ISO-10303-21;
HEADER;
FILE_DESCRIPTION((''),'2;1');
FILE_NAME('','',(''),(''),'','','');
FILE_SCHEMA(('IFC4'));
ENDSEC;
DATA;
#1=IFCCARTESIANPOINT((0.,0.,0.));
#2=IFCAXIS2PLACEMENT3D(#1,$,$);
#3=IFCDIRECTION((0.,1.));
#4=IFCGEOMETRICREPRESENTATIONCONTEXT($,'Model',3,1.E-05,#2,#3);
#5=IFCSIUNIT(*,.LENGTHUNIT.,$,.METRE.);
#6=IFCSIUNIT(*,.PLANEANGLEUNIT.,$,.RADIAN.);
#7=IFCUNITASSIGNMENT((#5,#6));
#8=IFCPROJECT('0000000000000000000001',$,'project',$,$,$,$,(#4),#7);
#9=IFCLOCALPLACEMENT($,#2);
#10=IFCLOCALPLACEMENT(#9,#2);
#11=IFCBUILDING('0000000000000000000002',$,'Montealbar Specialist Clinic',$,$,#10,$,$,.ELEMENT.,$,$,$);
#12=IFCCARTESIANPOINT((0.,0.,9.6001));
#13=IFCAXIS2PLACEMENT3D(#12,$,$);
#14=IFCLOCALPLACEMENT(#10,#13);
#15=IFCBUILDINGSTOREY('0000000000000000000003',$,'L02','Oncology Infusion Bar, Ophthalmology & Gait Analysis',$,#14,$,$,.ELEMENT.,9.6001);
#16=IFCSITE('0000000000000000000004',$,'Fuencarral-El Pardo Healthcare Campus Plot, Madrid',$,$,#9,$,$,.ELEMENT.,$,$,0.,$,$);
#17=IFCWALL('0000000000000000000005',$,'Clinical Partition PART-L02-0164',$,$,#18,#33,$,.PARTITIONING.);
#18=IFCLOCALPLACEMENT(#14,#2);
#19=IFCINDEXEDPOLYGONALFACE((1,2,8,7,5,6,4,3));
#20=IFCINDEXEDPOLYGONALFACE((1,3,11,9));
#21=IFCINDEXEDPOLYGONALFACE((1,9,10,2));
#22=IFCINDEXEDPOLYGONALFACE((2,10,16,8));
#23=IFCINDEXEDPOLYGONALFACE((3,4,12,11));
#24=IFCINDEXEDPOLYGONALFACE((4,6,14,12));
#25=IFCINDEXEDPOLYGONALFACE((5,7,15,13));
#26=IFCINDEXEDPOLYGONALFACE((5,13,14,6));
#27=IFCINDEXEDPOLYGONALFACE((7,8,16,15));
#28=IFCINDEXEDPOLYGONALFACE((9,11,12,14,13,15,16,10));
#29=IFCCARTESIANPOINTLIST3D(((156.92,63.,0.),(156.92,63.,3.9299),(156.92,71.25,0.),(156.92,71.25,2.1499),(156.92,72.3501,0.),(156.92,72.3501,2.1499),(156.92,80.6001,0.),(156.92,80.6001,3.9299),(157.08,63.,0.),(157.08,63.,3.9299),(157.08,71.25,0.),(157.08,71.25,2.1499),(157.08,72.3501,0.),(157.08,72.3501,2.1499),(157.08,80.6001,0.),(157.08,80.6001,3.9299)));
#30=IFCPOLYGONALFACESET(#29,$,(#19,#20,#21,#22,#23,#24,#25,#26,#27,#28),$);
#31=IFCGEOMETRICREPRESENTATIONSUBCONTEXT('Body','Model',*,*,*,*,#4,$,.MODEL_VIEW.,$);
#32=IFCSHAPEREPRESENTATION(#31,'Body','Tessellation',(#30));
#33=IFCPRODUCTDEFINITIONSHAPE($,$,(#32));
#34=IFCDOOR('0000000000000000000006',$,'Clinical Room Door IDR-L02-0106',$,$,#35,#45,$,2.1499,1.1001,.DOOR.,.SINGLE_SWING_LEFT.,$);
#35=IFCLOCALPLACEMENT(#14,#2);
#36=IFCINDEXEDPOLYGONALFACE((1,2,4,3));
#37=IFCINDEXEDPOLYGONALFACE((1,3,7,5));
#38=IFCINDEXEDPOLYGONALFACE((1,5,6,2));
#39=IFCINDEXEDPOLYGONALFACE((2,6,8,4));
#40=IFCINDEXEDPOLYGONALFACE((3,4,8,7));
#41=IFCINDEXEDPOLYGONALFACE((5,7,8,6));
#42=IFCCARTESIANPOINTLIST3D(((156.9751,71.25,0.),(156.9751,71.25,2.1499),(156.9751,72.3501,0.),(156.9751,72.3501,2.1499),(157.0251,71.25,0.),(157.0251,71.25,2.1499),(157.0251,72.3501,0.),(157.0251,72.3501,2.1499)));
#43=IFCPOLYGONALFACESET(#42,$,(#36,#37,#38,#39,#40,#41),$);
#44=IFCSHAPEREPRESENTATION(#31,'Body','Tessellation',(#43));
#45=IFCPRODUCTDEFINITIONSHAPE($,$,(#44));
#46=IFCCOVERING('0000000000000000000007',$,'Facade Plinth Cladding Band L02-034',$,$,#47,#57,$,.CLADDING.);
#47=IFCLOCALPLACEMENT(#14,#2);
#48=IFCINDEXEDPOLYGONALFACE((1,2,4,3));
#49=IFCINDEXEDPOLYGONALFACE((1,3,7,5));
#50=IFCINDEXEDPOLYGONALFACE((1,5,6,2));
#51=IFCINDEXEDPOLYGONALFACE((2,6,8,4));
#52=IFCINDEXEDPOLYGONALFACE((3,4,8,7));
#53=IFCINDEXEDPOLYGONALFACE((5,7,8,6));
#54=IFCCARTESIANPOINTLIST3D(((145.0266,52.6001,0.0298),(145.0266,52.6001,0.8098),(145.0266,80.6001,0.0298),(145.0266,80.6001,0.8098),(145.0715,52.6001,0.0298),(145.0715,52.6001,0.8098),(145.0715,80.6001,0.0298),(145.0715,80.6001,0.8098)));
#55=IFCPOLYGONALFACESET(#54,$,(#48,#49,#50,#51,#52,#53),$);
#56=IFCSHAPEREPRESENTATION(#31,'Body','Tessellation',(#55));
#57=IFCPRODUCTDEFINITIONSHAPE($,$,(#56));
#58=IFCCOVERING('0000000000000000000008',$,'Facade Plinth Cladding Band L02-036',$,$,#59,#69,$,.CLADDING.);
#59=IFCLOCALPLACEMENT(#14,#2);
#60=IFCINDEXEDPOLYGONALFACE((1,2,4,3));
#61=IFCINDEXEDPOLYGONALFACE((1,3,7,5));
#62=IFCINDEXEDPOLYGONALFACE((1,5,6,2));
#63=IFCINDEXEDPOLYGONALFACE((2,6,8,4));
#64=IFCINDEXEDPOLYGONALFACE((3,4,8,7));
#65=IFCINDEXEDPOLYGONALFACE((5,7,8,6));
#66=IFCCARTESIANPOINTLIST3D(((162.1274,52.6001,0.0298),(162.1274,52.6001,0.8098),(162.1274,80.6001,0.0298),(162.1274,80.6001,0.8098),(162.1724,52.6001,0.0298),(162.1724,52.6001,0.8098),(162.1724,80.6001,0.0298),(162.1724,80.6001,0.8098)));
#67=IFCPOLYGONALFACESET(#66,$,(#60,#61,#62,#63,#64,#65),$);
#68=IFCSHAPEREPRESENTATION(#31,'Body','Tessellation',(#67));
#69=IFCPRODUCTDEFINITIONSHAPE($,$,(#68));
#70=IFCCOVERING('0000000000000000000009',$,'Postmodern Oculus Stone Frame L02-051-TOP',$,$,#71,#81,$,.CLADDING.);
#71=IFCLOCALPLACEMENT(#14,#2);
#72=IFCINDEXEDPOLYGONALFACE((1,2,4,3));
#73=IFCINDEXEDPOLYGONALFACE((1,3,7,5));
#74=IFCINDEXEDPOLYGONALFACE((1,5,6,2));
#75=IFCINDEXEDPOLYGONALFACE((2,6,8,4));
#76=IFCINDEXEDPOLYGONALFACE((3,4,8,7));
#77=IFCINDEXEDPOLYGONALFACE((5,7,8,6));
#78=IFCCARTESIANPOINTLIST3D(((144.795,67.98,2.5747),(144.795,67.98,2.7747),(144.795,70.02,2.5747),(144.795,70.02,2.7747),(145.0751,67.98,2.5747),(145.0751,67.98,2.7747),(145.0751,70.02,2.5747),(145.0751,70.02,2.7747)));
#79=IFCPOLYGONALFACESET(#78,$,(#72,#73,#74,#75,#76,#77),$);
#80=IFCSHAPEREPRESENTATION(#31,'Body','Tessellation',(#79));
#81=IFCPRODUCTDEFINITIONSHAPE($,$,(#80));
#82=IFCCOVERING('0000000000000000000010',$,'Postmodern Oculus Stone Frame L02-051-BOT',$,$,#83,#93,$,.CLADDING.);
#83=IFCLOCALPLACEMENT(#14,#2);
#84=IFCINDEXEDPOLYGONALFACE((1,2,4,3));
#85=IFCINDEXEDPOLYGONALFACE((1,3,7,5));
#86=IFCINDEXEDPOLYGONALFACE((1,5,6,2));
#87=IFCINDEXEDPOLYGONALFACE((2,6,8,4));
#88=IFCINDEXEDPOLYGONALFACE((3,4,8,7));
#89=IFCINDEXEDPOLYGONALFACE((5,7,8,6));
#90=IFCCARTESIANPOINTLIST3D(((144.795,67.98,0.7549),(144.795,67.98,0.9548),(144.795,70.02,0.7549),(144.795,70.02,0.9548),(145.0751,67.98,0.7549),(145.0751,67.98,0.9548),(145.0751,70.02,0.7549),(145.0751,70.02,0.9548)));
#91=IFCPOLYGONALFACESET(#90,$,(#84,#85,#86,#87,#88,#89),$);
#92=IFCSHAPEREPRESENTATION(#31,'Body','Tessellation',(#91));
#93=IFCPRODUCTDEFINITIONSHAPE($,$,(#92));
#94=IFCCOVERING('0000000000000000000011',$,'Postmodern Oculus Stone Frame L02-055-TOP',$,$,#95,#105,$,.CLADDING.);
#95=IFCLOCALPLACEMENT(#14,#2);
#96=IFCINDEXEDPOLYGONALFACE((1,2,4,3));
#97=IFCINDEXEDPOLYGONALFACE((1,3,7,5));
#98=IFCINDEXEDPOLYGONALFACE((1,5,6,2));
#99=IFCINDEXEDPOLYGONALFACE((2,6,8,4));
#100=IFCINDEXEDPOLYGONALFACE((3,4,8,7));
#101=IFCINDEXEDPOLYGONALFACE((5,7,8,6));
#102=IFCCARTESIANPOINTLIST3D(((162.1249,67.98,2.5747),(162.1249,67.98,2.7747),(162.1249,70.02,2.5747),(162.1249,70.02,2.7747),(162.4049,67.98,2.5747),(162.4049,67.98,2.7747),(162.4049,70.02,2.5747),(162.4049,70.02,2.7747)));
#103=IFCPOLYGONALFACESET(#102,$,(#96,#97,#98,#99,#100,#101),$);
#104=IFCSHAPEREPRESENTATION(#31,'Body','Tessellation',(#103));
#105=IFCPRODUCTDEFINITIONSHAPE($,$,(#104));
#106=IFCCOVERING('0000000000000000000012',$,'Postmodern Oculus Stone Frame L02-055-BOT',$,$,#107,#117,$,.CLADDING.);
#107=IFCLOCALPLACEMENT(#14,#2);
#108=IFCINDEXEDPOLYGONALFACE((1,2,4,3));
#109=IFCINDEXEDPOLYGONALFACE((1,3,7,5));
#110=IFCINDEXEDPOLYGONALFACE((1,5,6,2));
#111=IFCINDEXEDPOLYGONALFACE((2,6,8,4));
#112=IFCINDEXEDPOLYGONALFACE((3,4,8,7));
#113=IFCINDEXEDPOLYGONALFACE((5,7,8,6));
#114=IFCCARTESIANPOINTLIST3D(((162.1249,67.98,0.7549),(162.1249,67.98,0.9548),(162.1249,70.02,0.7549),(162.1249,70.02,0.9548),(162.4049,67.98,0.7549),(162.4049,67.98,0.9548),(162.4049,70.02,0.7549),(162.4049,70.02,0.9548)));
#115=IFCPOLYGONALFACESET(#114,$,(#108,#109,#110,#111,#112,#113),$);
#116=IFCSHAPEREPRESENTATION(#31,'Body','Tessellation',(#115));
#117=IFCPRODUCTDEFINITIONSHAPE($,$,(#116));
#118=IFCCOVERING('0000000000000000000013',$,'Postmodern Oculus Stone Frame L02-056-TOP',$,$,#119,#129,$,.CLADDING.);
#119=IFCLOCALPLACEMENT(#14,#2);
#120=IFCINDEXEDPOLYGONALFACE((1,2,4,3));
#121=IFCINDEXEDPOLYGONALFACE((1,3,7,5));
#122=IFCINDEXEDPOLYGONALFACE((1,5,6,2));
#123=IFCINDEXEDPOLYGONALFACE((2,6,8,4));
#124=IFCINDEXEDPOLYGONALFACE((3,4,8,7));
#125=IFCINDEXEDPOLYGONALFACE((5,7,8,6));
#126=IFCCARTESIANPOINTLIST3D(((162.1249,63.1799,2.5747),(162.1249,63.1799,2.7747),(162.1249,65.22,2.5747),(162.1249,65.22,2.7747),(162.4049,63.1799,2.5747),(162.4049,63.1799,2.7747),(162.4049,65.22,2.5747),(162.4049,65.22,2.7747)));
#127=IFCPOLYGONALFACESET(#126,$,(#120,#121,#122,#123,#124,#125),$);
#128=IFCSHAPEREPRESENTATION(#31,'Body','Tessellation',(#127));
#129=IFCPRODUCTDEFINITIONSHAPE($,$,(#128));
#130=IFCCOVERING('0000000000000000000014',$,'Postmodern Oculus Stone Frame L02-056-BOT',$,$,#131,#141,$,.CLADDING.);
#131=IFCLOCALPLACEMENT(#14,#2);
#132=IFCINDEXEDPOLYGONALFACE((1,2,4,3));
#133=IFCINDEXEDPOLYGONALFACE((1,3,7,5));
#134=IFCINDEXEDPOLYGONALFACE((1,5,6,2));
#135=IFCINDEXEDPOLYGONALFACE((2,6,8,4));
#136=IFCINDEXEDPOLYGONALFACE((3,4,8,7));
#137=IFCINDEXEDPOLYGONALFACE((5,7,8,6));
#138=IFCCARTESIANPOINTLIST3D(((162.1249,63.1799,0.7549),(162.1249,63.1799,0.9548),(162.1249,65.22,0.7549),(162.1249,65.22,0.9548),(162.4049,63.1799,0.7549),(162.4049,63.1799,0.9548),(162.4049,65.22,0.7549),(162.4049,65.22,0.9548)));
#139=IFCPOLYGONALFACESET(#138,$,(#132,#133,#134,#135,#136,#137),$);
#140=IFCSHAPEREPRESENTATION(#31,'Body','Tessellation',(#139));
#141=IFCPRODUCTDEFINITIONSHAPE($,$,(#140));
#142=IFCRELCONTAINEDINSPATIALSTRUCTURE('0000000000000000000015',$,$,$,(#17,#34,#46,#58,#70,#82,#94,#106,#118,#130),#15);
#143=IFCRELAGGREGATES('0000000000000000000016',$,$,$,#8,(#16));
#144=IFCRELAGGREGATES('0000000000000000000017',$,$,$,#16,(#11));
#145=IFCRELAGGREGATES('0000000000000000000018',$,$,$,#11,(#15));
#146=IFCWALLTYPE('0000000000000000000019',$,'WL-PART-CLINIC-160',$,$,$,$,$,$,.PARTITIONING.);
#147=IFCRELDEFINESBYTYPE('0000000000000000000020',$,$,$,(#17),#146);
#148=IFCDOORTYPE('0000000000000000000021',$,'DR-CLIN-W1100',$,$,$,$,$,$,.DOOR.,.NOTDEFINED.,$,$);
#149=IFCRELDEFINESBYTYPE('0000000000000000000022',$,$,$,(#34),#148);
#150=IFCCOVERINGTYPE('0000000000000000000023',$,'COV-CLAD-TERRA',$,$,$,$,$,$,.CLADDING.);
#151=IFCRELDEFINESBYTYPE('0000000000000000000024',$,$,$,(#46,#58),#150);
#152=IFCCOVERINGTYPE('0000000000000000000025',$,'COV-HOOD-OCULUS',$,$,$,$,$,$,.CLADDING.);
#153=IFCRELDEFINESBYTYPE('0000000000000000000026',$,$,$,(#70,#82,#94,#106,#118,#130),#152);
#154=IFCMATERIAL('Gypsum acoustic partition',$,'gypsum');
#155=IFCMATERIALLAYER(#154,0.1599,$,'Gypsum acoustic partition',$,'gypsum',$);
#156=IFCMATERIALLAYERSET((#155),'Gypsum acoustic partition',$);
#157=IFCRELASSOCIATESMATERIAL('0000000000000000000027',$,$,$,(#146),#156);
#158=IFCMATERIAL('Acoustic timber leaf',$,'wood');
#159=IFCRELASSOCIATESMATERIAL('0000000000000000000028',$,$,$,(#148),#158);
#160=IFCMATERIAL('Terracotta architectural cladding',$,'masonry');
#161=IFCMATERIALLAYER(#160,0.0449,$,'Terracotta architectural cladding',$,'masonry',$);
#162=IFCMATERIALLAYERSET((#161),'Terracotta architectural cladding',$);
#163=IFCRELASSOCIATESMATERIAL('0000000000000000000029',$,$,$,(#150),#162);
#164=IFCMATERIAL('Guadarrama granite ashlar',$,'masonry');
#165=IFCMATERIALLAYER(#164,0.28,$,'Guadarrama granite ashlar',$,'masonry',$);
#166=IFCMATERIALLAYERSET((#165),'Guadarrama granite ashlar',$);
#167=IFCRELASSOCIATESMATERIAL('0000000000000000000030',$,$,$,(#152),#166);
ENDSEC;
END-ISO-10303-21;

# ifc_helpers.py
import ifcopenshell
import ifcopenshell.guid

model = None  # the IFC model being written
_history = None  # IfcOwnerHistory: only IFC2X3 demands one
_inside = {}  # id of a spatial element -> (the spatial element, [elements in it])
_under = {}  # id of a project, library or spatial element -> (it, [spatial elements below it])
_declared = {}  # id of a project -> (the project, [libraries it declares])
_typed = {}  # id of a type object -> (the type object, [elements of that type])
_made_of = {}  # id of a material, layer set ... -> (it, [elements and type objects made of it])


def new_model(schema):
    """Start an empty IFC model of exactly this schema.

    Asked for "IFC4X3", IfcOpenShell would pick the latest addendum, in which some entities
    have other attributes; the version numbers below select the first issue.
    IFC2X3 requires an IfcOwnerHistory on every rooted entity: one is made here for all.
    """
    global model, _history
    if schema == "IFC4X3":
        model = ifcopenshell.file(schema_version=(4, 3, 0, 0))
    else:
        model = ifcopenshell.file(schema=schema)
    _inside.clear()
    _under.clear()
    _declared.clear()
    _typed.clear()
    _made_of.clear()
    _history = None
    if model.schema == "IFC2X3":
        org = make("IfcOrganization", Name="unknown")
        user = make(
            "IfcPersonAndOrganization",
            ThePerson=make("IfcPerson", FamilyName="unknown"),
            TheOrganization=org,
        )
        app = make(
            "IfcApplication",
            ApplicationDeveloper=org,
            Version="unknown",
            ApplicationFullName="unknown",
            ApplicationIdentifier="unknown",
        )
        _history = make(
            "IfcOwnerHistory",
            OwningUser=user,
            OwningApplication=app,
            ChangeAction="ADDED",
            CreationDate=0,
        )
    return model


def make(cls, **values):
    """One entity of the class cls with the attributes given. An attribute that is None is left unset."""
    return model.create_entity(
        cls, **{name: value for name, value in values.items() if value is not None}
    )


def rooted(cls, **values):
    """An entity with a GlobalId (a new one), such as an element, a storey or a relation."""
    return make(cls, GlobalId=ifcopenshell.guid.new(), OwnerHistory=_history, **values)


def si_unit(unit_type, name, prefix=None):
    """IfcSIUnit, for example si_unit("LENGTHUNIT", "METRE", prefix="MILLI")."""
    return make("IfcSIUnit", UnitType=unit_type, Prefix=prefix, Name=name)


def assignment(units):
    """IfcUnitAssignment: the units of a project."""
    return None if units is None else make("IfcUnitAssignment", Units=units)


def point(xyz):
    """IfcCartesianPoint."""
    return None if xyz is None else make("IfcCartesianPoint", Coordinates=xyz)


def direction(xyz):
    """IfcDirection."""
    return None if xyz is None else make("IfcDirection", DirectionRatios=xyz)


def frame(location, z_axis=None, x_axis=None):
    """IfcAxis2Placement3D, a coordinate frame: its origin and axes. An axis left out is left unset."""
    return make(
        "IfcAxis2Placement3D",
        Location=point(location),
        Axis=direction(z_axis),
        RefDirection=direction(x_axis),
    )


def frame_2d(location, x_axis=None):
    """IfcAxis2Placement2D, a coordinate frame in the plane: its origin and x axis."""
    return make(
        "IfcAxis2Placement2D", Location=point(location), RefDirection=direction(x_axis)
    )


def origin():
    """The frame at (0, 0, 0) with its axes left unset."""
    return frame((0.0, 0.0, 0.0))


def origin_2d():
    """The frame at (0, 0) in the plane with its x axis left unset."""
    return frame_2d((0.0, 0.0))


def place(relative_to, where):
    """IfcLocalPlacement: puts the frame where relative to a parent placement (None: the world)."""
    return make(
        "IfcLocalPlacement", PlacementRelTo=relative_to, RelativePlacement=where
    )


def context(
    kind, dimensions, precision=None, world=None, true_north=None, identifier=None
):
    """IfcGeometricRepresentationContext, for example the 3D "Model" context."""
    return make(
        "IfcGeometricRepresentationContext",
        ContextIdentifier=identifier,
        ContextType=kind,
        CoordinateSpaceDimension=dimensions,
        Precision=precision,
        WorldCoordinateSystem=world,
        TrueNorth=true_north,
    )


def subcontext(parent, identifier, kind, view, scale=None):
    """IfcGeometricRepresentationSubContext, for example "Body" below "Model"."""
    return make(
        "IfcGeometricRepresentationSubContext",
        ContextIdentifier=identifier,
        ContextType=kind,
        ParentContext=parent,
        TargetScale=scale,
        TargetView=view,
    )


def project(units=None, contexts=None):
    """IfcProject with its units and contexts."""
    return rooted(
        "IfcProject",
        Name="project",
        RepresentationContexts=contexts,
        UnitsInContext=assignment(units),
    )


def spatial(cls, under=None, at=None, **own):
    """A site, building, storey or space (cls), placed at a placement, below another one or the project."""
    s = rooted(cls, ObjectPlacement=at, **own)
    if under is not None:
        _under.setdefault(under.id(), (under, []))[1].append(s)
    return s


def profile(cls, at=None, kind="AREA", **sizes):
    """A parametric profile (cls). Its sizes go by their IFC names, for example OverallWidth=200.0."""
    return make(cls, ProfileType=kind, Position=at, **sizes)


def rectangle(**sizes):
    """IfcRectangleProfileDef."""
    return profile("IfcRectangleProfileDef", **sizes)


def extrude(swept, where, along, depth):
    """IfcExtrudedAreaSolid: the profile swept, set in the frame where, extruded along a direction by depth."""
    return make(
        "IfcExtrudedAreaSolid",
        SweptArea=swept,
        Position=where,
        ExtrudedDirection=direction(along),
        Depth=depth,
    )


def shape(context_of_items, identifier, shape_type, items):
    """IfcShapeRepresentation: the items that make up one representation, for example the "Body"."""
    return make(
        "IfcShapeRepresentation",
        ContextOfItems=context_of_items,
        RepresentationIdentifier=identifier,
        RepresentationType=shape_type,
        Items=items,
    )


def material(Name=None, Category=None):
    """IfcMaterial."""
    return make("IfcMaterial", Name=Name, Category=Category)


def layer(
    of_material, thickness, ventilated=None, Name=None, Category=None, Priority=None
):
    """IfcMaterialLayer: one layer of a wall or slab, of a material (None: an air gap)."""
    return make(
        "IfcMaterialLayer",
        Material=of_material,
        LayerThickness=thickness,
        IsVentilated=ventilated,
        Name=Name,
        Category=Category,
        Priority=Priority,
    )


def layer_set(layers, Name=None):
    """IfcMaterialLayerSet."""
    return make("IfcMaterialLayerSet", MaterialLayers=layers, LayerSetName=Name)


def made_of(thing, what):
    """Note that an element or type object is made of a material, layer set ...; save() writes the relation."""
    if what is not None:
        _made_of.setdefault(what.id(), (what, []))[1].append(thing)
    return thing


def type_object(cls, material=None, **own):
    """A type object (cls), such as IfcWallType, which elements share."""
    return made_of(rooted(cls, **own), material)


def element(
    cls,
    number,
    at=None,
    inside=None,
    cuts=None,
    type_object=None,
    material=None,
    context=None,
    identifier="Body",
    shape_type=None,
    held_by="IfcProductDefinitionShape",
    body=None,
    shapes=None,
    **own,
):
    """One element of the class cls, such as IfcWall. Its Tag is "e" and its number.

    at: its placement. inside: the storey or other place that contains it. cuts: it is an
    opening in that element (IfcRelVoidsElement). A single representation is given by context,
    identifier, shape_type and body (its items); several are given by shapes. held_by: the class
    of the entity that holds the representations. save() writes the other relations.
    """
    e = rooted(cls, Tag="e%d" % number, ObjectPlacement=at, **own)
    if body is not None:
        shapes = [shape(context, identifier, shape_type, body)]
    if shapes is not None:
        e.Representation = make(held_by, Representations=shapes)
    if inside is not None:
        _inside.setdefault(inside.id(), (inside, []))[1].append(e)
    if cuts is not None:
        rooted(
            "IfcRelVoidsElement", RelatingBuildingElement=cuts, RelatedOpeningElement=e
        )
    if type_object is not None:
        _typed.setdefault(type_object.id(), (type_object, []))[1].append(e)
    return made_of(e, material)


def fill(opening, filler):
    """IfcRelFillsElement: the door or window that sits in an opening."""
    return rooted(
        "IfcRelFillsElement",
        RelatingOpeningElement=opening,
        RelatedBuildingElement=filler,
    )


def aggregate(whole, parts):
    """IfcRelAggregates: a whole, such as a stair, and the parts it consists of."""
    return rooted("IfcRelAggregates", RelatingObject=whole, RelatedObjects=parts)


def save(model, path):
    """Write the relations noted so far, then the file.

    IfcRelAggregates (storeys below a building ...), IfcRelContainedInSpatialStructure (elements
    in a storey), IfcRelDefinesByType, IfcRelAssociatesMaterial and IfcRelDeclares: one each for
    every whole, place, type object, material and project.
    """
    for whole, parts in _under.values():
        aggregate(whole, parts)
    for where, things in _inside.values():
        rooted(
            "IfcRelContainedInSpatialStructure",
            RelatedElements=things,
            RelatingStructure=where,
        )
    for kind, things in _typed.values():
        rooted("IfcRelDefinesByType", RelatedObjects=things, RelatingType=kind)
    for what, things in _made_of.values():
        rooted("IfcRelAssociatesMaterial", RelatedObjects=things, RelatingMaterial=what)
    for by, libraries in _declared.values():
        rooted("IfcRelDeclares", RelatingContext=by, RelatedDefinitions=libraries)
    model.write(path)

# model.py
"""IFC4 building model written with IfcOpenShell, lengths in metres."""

from ifc_helpers import new_model, si_unit, direction, frame, frame_2d, origin, origin_2d, place, context, subcontext, project, spatial, rectangle, extrude, material, layer, layer_set, type_object, element, fill, save


model = new_model("IFC4")

# Units and contexts
model_context = context("Model", 3, precision=1e-05, world=origin(), true_north=direction((0.0, 1.0)))
body_context = subcontext(model_context, "Body", "Model", "MODEL_VIEW")
ifc_project = project(units=[si_unit("LENGTHUNIT", "METRE"), si_unit("PLANEANGLEUNIT", "RADIAN")], contexts=[model_context])

# Site, building, storey
site_placement = place(None, origin())
site = spatial("IfcSite", under=ifc_project, at=site_placement, Name="Fuencarral-El Pardo Healthcare Campus Plot, Madrid", CompositionType="ELEMENT", RefElevation=0.0)
building_placement = place(site_placement, origin())
building = spatial("IfcBuilding", under=site, at=building_placement, Name="Montealbar Specialist Clinic", CompositionType="ELEMENT")
storey_placement = place(building_placement, frame((0.0, 0.0, 9.6001)))
storey = spatial("IfcBuildingStorey", under=building, at=storey_placement, Name="L02", Description="Oncology Infusion Bar, Ophthalmology & Gait Analysis", CompositionType="ELEMENT", Elevation=9.6001)

# Shared definitions
ifc_material_1 = material(Name="Gypsum acoustic partition", Category="gypsum")

# Wall, opening, door
ifc_layer_1 = layer(ifc_material_1, 0.1599, Name="Gypsum acoustic partition", Category="gypsum")
ifc_layer_set_1 = layer_set([ifc_layer_1], Name="Gypsum acoustic partition")
wall_type_1 = type_object("IfcWallType", Name="WL-PART-CLINIC-160", PredefinedType="PARTITIONING", material=ifc_layer_set_1)
ifc_material_2 = material(Name="Acoustic timber leaf", Category="wood")
door_type = type_object("IfcDoorType", Name="DR-CLIN-W1100", OperationType="NOTDEFINED", PredefinedType="DOOR", material=ifc_material_2)
wall_1_placement = place(storey_placement, frame((157.0, 63.0, 0.0), z_axis=(0.0, 0.0, 1.0), x_axis=(0.0, 1.0, 0.0)))
wall_1 = element("IfcWall", 1, at=wall_1_placement, inside=storey, type_object=wall_type_1, Name="Clinical Partition PART-L02-0164", PredefinedType="PARTITIONING", context=body_context, shape_type="SweptSolid", body=[
    extrude(rectangle(XDim=17.6001, YDim=0.1599, at=frame_2d((8.8, 0.0))), origin(), (0.0, 0.0, 1.0), 3.9299),
])
opening_1_placement = place(wall_1_placement, frame((8.25, 0.0, 0.0)))
opening_1 = element("IfcOpeningElement", 2, at=opening_1_placement, cuts=wall_1, PredefinedType="OPENING", context=body_context, shape_type="SweptSolid", body=[
    extrude(rectangle(XDim=1.1001, YDim=2.1499, at=frame_2d((0.55, 1.075))), frame((0.0, 0.0898, 0.0), z_axis=(0.0, -1.0, 0.0), x_axis=(1.0, 0.0, 0.0)), (0.0, 0.0, 1.0), 0.1799),
])
door_1_placement = place(opening_1_placement, origin())
door_1 = element("IfcDoor", 3, at=door_1_placement, inside=storey, type_object=door_type, Name="Clinical Room Door IDR-L02-0106", OperationType="SINGLE_SWING_LEFT", OverallHeight=2.1499, OverallWidth=1.1001, PredefinedType="DOOR", context=body_context, shape_type="SweptSolid", body=[
    extrude(rectangle(XDim=1.1001, YDim=2.1499, at=frame_2d((0.55, 1.075))), frame((0.0, 0.0249, 0.0), z_axis=(0.0, -1.0, 0.0), x_axis=(1.0, 0.0, 0.0)), (0.0, 0.0, 1.0), 0.05),
])
fill(opening_1, door_1)

# Coverings
ifc_material_3 = material(Name="Terracotta architectural cladding", Category="masonry")
ifc_layer_2 = layer(ifc_material_3, 0.0449, Name="Terracotta architectural cladding", Category="masonry")
ifc_layer_set_2 = layer_set([ifc_layer_2], Name="Terracotta architectural cladding")
covering_type_1 = type_object("IfcCoveringType", Name="COV-CLAD-TERRA", PredefinedType="CLADDING", material=ifc_layer_set_2)
for number, where, z_axis, x_axis, name in (
    (4, (145.0491, 66.6001, 0.0298), (0.0, 0.0, 1.0), (0.0, 1.0, 0.0), "Facade Plinth Cladding Band L02-034"),
    (5, (162.1499, 66.6001, 0.0298), (0.0, 0.0, 1.0), (0.0, -1.0, 0.0), "Facade Plinth Cladding Band L02-036"),
):
    element("IfcCovering", number, at=place(storey_placement, frame(where, z_axis=z_axis, x_axis=x_axis)), inside=storey, type_object=covering_type_1, Name=name, PredefinedType="CLADDING", context=body_context, shape_type="SweptSolid", body=[
        extrude(rectangle(XDim=28.0, YDim=0.0449, at=origin_2d()), origin(), (0.0, 0.0, 1.0), 0.78),
    ])
ifc_material_4 = material(Name="Guadarrama granite ashlar", Category="masonry")
ifc_layer_3 = layer(ifc_material_4, 0.28, Name="Guadarrama granite ashlar", Category="masonry")
ifc_layer_set_3 = layer_set([ifc_layer_3], Name="Guadarrama granite ashlar")
covering_type_2 = type_object("IfcCoveringType", Name="COV-HOOD-OCULUS", PredefinedType="CLADDING", material=ifc_layer_set_3)
for number, where, z_axis, x_axis, name in (
    (6, (144.9351, 69.0, 2.5747), (0.0, 0.0, 1.0), (0.0, 1.0, 0.0), "Postmodern Oculus Stone Frame L02-051-TOP"),
    (7, (144.9351, 69.0, 0.7549), (0.0, 0.0, 1.0), (0.0, 1.0, 0.0), "Postmodern Oculus Stone Frame L02-051-BOT"),
    (8, (162.2649, 69.0, 2.5747), (0.0, 0.0, 1.0), (0.0, -1.0, 0.0), "Postmodern Oculus Stone Frame L02-055-TOP"),
    (9, (162.2649, 69.0, 0.7549), (0.0, 0.0, 1.0), (0.0, -1.0, 0.0), "Postmodern Oculus Stone Frame L02-055-BOT"),
    (10, (162.2649, 64.2, 2.5747), (0.0, 0.0, 1.0), (0.0, -1.0, 0.0), "Postmodern Oculus Stone Frame L02-056-TOP"),
    (11, (162.2649, 64.2, 0.7549), (0.0, 0.0, 1.0), (0.0, -1.0, 0.0), "Postmodern Oculus Stone Frame L02-056-BOT"),
):
    element("IfcCovering", number, at=place(storey_placement, frame(where, z_axis=z_axis, x_axis=x_axis)), inside=storey, type_object=covering_type_2, Name=name, PredefinedType="CLADDING", context=body_context, shape_type="SweptSolid", body=[
        extrude(rectangle(XDim=2.04, YDim=0.28, at=origin_2d()), origin(), (0.0, 0.0, 1.0), 0.2),
    ])

save(model, "model.ifc")
